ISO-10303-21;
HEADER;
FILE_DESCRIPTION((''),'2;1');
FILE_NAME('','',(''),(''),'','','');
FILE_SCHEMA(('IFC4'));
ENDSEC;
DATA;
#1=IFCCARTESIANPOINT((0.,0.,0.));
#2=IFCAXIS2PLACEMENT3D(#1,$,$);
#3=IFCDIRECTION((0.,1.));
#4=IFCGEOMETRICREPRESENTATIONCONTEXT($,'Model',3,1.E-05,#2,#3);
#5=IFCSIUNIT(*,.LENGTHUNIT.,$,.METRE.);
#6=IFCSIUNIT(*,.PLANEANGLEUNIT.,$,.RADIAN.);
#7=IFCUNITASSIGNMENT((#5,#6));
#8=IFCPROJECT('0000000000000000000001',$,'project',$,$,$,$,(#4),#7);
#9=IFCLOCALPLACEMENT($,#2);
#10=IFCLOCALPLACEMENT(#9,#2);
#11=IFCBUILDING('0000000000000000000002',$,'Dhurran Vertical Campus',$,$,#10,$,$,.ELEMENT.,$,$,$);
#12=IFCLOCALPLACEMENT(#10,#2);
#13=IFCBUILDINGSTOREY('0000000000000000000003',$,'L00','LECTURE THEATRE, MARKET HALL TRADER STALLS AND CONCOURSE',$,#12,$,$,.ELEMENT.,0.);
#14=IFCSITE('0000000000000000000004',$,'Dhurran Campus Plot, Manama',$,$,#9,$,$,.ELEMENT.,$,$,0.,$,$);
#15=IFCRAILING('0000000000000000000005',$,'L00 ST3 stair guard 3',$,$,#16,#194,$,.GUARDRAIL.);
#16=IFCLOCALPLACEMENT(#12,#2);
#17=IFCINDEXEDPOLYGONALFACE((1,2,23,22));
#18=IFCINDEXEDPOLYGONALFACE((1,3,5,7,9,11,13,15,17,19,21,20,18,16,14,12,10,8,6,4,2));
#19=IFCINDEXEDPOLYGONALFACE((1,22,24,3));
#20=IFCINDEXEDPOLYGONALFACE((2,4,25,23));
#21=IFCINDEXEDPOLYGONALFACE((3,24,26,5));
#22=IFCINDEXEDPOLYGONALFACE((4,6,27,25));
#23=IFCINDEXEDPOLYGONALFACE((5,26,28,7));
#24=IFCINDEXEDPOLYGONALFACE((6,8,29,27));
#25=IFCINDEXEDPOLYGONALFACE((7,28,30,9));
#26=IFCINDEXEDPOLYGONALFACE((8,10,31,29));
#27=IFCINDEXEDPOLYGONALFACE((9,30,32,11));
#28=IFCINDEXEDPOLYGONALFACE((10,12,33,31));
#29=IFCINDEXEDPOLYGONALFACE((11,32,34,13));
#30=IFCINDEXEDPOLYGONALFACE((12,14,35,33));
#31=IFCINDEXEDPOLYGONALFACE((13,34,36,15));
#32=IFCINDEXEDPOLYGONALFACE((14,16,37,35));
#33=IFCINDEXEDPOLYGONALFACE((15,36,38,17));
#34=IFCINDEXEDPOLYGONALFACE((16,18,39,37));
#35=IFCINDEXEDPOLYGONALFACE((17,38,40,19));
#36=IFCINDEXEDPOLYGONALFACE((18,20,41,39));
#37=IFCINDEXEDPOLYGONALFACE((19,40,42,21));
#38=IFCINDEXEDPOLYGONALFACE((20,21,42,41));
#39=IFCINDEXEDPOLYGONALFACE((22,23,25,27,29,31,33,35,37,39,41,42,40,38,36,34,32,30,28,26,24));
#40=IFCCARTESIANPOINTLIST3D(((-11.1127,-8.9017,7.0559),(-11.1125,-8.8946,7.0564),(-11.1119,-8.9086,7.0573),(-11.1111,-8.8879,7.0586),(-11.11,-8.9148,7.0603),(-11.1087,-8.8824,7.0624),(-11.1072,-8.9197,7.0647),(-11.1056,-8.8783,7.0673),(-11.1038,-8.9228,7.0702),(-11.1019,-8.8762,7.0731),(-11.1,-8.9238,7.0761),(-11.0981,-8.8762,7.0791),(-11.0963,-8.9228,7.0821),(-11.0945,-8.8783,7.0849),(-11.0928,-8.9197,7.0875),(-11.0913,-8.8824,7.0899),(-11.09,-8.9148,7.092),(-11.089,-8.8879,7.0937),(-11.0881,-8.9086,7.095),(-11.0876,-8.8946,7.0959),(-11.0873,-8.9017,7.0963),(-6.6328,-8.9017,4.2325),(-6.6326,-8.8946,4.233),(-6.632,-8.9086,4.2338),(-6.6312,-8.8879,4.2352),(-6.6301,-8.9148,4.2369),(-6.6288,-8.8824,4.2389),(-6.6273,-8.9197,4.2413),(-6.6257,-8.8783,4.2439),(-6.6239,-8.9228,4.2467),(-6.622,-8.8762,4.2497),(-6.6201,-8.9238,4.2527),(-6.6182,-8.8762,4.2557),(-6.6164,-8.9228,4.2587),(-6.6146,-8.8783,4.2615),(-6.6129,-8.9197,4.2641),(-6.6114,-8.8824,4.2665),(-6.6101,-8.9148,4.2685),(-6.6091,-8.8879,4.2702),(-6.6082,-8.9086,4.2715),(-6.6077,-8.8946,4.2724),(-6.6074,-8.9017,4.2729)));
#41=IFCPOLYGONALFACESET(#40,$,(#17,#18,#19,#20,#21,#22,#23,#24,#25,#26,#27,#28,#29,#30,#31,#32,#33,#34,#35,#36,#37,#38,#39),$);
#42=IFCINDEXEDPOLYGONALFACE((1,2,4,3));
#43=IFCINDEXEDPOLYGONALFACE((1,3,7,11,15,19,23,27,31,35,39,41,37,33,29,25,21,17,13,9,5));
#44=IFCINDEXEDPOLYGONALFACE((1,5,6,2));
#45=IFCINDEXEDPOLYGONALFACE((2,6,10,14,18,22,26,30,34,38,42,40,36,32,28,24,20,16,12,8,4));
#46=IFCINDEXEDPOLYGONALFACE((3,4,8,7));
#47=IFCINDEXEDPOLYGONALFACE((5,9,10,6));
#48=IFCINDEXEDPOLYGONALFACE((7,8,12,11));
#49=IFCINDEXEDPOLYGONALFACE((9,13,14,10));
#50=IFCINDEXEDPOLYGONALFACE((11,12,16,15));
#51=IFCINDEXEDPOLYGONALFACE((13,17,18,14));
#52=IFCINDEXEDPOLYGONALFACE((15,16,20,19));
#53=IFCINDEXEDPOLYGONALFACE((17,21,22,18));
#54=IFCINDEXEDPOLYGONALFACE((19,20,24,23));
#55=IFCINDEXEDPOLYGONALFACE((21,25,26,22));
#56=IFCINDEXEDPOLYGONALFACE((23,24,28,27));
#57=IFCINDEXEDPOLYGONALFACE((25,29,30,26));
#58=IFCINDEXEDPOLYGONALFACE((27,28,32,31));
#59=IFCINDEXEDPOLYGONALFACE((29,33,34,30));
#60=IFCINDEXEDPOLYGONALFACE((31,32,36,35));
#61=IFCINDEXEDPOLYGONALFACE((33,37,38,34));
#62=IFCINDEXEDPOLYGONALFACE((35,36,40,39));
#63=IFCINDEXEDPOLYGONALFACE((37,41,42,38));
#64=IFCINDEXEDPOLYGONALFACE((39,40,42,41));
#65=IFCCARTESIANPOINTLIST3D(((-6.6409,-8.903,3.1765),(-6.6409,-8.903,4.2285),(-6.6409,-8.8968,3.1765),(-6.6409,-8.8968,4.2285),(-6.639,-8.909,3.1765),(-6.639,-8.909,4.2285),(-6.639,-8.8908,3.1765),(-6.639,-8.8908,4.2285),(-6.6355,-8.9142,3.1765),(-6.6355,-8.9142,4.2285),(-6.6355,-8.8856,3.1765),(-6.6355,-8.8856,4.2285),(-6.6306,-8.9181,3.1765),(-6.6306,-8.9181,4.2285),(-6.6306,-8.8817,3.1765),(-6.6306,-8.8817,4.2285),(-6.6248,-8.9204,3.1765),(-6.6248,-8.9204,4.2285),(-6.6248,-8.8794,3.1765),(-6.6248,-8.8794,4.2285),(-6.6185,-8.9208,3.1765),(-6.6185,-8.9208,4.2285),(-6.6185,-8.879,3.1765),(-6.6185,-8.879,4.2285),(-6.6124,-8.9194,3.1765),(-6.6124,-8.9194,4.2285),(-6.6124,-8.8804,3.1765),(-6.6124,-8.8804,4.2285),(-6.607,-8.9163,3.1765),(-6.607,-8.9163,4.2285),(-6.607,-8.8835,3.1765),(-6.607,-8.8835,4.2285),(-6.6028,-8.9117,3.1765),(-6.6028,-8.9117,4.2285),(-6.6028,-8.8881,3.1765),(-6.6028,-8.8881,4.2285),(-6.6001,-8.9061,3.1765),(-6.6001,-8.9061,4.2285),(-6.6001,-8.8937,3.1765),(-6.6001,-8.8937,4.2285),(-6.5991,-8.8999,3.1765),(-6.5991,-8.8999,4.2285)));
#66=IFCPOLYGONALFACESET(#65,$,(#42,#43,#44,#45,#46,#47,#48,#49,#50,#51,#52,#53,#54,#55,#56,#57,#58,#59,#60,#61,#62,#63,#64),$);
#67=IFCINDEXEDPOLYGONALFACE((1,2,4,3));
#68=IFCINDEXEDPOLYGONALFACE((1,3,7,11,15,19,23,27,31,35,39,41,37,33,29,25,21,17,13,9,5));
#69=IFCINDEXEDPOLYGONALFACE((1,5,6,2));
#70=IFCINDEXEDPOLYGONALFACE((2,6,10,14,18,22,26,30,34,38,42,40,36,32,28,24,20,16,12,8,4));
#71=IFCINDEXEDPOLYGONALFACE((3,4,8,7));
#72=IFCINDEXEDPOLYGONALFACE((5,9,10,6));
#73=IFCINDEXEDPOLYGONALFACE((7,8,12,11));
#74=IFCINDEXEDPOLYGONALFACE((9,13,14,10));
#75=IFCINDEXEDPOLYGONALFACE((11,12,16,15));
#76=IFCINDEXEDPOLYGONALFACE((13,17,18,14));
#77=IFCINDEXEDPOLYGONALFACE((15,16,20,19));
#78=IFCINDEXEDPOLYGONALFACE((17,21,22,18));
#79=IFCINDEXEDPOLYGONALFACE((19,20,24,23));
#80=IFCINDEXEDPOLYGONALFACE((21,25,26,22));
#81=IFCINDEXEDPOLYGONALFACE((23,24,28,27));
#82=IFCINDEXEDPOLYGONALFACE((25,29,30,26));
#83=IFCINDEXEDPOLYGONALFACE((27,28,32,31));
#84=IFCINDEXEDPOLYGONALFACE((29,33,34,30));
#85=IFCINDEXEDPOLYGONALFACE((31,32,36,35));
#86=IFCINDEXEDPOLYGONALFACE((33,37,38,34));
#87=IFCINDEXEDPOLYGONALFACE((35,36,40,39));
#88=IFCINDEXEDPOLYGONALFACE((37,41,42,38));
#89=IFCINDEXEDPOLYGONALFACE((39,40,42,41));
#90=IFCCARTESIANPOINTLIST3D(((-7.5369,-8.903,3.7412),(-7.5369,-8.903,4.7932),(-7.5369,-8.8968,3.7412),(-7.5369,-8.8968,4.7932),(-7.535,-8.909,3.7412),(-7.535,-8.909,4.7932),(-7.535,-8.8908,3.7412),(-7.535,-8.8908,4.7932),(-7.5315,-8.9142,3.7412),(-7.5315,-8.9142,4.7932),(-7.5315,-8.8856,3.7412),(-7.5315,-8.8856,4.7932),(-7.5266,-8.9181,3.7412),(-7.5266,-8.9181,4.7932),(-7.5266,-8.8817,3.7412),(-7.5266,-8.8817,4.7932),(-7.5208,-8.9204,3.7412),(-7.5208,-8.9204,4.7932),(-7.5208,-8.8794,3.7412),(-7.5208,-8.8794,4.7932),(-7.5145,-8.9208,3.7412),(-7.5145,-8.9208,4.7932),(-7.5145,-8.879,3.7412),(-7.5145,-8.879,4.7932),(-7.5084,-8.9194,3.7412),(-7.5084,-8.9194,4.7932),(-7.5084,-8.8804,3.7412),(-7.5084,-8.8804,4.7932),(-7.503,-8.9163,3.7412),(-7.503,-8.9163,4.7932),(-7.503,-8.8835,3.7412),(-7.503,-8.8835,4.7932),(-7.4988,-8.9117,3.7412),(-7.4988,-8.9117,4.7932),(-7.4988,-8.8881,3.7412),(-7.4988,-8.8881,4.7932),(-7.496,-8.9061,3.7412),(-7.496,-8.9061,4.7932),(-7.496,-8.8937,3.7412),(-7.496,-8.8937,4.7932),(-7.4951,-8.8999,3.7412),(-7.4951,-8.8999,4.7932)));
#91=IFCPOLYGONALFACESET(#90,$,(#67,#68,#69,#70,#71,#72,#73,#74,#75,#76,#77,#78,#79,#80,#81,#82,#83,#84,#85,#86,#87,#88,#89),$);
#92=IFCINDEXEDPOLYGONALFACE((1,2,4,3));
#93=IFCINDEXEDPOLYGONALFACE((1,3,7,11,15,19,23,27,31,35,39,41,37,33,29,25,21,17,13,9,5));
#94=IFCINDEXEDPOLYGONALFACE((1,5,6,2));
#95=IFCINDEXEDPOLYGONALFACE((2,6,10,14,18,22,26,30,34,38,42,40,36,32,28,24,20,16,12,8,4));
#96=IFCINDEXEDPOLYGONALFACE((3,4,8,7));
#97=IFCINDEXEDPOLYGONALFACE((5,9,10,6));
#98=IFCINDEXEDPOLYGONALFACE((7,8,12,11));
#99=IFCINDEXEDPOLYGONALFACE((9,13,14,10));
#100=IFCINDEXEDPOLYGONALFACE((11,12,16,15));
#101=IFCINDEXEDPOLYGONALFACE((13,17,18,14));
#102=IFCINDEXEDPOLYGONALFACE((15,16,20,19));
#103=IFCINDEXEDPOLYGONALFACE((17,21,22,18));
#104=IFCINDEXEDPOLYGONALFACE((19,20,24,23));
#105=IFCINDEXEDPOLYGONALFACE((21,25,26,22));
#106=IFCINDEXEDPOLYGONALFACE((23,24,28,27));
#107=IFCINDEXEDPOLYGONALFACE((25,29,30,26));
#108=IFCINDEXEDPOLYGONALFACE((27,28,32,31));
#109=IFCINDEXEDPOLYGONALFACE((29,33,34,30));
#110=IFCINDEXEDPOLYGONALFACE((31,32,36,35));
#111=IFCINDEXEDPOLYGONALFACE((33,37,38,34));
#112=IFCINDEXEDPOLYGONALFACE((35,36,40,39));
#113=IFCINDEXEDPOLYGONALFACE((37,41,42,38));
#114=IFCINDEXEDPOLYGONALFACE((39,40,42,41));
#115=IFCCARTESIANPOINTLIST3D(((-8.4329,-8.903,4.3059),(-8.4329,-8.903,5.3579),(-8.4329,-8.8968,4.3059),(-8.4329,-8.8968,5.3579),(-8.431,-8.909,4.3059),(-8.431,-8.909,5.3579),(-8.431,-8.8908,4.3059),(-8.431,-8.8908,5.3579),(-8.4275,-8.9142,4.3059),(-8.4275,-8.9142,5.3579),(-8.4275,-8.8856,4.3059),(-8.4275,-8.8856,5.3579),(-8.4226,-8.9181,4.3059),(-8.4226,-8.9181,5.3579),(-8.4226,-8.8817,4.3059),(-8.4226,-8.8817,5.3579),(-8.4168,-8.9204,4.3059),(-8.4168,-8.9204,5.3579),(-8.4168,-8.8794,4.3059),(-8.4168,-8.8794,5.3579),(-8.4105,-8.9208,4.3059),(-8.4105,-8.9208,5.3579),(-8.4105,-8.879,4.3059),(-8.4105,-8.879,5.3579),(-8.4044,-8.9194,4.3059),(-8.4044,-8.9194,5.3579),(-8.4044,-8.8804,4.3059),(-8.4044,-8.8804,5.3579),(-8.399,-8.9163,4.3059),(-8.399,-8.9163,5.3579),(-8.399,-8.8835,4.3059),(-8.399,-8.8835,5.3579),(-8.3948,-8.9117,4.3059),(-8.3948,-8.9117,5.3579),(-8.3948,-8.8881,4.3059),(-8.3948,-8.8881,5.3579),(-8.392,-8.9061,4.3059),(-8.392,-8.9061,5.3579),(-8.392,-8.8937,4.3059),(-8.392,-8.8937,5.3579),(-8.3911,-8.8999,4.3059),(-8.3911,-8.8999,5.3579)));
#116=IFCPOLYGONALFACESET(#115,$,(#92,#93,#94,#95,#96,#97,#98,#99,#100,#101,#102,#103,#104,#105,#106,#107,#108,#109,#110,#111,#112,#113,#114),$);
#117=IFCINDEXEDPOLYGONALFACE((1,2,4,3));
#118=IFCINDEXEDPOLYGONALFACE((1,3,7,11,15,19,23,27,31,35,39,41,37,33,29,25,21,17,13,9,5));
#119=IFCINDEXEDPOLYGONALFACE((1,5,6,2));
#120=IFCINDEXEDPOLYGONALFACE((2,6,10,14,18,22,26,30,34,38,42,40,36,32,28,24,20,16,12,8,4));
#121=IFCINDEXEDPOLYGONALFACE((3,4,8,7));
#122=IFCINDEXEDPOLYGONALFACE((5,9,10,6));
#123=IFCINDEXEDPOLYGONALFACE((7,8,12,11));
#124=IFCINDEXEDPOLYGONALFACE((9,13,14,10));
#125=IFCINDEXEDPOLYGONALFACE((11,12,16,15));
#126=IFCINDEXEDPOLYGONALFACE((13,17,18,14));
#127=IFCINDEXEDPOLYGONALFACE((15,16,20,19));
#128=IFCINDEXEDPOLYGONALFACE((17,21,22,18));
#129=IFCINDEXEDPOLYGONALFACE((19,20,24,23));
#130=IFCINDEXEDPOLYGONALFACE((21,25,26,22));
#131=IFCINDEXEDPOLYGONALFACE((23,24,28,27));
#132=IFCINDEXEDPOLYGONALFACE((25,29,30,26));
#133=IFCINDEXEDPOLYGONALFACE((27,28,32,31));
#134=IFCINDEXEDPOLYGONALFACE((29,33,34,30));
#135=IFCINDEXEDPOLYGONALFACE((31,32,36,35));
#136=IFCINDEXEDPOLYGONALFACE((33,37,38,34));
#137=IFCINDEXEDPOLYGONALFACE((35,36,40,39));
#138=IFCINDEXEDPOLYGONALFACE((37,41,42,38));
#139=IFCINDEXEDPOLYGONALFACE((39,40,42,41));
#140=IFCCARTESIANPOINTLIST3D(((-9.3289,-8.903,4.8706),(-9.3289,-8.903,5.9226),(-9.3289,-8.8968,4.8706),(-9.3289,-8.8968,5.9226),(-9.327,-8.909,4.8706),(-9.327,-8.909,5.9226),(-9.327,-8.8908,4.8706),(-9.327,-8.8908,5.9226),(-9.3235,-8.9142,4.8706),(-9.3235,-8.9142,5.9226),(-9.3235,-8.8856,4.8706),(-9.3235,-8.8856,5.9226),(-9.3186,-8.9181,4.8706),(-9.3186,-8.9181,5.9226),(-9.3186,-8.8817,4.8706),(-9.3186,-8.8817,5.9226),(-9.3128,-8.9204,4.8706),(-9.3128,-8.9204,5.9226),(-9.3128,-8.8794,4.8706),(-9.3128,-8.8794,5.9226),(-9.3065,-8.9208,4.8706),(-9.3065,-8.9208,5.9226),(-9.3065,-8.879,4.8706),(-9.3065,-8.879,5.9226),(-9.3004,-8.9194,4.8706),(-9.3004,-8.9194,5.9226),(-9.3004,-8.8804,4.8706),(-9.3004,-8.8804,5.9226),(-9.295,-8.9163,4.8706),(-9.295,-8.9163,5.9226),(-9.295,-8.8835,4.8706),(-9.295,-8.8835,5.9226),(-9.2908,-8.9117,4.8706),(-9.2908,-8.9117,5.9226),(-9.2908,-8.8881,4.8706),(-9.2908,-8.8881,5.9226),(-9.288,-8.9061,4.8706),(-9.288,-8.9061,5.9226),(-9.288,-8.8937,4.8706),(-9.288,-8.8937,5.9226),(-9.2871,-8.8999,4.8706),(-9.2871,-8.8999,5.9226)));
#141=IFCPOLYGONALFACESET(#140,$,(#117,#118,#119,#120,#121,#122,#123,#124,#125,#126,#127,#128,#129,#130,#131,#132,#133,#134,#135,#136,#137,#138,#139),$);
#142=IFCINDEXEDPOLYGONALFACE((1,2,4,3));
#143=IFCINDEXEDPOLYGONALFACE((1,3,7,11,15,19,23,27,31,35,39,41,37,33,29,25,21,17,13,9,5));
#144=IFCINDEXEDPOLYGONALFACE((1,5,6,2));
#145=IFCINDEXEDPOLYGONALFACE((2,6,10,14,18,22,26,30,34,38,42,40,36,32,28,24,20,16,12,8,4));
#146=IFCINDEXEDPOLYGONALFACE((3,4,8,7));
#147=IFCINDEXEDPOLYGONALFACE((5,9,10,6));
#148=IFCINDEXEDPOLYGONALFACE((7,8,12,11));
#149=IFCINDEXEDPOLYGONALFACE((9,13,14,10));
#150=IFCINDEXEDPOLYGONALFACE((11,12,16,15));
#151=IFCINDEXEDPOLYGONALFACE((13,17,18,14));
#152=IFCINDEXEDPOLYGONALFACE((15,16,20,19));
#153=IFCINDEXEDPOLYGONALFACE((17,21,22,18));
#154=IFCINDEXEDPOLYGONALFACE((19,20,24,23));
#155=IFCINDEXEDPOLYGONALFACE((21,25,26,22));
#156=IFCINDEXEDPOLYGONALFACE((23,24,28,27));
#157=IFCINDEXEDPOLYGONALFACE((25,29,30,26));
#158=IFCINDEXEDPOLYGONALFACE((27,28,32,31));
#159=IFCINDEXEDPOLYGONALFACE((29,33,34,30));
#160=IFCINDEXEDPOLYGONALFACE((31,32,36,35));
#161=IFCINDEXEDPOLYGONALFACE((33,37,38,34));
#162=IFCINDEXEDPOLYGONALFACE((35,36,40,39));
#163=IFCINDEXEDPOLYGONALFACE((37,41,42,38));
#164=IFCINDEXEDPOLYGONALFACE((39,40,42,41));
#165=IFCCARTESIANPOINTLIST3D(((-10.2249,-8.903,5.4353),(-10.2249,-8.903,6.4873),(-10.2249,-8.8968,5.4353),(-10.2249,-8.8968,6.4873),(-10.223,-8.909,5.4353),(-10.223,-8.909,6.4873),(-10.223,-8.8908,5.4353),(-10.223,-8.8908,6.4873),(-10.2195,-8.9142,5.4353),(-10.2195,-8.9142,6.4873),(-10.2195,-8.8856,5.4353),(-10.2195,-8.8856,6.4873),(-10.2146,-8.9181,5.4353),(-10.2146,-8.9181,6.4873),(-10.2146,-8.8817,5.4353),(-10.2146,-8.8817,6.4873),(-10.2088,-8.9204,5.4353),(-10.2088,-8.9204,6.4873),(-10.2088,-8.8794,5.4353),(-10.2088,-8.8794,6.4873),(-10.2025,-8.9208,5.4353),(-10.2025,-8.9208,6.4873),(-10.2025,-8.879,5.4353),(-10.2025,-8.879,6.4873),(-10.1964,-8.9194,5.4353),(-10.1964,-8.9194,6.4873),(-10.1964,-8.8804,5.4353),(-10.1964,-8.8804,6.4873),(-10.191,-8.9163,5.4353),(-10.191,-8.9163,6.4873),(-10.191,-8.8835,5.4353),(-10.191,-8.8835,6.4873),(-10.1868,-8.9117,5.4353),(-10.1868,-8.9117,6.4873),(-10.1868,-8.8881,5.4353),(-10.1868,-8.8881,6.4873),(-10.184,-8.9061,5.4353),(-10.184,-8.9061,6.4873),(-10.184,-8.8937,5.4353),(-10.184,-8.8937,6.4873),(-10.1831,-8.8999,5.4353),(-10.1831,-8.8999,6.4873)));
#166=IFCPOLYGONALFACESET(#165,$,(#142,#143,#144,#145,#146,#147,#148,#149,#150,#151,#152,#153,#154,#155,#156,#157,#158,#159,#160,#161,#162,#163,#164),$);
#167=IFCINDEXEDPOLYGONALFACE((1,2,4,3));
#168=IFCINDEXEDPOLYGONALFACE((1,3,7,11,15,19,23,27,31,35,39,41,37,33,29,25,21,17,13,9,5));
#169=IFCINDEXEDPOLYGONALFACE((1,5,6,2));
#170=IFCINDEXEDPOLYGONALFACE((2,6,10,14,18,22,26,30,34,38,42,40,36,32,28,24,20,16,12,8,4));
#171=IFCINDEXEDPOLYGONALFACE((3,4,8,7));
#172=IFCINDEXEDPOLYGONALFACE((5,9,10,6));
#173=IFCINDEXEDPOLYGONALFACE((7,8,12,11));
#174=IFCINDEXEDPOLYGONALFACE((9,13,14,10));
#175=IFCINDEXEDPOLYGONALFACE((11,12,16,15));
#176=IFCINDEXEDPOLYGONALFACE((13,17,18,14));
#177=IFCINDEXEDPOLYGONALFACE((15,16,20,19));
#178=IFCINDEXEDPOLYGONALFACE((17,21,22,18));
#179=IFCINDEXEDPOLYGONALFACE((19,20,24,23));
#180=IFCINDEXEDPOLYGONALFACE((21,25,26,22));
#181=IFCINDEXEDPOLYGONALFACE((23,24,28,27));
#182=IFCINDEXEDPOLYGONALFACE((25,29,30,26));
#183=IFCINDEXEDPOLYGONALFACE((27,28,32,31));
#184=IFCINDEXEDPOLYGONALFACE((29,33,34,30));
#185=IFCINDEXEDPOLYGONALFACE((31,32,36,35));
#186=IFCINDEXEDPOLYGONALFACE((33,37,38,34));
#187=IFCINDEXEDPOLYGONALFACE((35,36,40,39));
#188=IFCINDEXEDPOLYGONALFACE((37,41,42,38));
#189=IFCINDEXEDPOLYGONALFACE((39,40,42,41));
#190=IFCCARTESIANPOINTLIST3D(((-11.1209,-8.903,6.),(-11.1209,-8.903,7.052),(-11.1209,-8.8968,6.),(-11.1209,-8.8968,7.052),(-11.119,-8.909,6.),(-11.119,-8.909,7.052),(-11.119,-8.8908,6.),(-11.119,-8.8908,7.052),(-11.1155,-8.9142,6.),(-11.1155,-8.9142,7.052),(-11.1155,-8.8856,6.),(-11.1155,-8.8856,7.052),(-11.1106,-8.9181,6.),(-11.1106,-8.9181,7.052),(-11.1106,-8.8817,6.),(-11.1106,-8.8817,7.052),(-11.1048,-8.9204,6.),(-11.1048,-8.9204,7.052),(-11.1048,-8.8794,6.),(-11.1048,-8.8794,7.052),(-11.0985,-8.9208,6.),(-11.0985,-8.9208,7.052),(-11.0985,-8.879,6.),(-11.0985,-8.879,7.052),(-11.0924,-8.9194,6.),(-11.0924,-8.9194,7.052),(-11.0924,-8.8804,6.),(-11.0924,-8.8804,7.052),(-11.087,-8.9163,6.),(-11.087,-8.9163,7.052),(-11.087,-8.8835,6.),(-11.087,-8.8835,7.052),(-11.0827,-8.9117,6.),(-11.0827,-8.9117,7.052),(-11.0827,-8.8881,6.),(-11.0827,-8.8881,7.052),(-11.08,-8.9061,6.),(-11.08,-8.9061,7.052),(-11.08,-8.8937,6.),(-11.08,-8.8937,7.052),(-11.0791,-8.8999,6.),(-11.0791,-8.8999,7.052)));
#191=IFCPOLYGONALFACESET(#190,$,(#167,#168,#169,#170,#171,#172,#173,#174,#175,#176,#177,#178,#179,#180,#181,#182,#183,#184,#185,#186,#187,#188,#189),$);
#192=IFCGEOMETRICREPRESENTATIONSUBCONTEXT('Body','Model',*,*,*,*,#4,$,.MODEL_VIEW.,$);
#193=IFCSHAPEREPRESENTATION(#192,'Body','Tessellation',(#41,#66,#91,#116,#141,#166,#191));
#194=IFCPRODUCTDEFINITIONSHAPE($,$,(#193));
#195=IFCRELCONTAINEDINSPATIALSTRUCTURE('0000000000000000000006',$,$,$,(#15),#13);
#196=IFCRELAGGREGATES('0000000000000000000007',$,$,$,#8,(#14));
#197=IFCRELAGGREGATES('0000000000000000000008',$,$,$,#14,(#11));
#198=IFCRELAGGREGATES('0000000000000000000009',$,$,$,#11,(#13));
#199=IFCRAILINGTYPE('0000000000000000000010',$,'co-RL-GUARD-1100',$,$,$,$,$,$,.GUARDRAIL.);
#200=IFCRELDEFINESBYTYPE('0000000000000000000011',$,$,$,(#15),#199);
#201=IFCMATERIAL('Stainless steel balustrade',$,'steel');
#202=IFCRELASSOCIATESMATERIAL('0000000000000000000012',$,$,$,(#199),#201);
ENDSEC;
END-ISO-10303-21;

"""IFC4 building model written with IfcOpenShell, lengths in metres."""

from ifc_helpers import new_model, si_unit, direction, frame, origin, origin_2d, place, context, subcontext, project, spatial, circle, extrude, material, type_object, element, save


model = new_model("IFC4")

# Units and contexts
model_context = context("Model", 3, precision=1e-05, world=origin(), true_north=direction((0.0, 1.0)))
body_context = subcontext(model_context, "Body", "Model", "MODEL_VIEW")
ifc_project = project(units=[si_unit("LENGTHUNIT", "METRE"), si_unit("PLANEANGLEUNIT", "RADIAN")], contexts=[model_context])

# Site, building, storey
site_placement = place(None, origin())
site = spatial("IfcSite", under=ifc_project, at=site_placement, Name="Dhurran Campus Plot, Manama", CompositionType="ELEMENT", RefElevation=0.0)
building_placement = place(site_placement, origin())
building = spatial("IfcBuilding", under=site, at=building_placement, Name="Dhurran Vertical Campus", CompositionType="ELEMENT")
storey_placement = place(building_placement, origin())
storey = spatial("IfcBuildingStorey", under=building, at=storey_placement, Name="L00", Description="LECTURE THEATRE, MARKET HALL TRADER STALLS AND CONCOURSE", CompositionType="ELEMENT", Elevation=0.0)

# Railing
ifc_material_1 = material(Name="Stainless steel balustrade", Category="steel")
railing_type_1 = type_object("IfcRailingType", Name="co-RL-GUARD-1100", PredefinedType="GUARDRAIL", material=ifc_material_1)
railing_1_placement = place(storey_placement, frame((-6.6201, -8.8999, 3.1765)))
element("IfcRailing", 1, at=railing_1_placement, inside=storey, type_object=railing_type_1, Name="L00 ST3 stair guard 3", PredefinedType="GUARDRAIL", context=body_context, shape_type="SweptSolid", body=[
    extrude(circle(Radius=0.0239, at=origin_2d()), frame((0.0, 0.0, 1.0762), z_axis=(-0.845998, 0.0, 0.533186), x_axis=(0.0, -1.0, 0.0)), (0.0, 0.0, 1.0), 5.2954),
    extrude(circle(Radius=0.021, at=origin_2d()), origin(), (0.0, 0.0, 1.0), 1.052),
    extrude(circle(Radius=0.021, at=origin_2d()), frame((-0.896, 0.0, 0.5647)), (0.0, 0.0, 1.0), 1.052),
    extrude(circle(Radius=0.021, at=origin_2d()), frame((-1.792, 0.0, 1.1294)), (0.0, 0.0, 1.0), 1.052),
    extrude(circle(Radius=0.021, at=origin_2d()), frame((-2.688, 0.0, 1.6941)), (0.0, 0.0, 1.0), 1.052),
    extrude(circle(Radius=0.021, at=origin_2d()), frame((-3.584, 0.0, 2.2588)), (0.0, 0.0, 1.0), 1.052),
    extrude(circle(Radius=0.021, at=origin_2d()), frame((-4.48, 0.0, 2.8235)), (0.0, 0.0, 1.0), 1.052),
])

save(model, "model.ifc")
